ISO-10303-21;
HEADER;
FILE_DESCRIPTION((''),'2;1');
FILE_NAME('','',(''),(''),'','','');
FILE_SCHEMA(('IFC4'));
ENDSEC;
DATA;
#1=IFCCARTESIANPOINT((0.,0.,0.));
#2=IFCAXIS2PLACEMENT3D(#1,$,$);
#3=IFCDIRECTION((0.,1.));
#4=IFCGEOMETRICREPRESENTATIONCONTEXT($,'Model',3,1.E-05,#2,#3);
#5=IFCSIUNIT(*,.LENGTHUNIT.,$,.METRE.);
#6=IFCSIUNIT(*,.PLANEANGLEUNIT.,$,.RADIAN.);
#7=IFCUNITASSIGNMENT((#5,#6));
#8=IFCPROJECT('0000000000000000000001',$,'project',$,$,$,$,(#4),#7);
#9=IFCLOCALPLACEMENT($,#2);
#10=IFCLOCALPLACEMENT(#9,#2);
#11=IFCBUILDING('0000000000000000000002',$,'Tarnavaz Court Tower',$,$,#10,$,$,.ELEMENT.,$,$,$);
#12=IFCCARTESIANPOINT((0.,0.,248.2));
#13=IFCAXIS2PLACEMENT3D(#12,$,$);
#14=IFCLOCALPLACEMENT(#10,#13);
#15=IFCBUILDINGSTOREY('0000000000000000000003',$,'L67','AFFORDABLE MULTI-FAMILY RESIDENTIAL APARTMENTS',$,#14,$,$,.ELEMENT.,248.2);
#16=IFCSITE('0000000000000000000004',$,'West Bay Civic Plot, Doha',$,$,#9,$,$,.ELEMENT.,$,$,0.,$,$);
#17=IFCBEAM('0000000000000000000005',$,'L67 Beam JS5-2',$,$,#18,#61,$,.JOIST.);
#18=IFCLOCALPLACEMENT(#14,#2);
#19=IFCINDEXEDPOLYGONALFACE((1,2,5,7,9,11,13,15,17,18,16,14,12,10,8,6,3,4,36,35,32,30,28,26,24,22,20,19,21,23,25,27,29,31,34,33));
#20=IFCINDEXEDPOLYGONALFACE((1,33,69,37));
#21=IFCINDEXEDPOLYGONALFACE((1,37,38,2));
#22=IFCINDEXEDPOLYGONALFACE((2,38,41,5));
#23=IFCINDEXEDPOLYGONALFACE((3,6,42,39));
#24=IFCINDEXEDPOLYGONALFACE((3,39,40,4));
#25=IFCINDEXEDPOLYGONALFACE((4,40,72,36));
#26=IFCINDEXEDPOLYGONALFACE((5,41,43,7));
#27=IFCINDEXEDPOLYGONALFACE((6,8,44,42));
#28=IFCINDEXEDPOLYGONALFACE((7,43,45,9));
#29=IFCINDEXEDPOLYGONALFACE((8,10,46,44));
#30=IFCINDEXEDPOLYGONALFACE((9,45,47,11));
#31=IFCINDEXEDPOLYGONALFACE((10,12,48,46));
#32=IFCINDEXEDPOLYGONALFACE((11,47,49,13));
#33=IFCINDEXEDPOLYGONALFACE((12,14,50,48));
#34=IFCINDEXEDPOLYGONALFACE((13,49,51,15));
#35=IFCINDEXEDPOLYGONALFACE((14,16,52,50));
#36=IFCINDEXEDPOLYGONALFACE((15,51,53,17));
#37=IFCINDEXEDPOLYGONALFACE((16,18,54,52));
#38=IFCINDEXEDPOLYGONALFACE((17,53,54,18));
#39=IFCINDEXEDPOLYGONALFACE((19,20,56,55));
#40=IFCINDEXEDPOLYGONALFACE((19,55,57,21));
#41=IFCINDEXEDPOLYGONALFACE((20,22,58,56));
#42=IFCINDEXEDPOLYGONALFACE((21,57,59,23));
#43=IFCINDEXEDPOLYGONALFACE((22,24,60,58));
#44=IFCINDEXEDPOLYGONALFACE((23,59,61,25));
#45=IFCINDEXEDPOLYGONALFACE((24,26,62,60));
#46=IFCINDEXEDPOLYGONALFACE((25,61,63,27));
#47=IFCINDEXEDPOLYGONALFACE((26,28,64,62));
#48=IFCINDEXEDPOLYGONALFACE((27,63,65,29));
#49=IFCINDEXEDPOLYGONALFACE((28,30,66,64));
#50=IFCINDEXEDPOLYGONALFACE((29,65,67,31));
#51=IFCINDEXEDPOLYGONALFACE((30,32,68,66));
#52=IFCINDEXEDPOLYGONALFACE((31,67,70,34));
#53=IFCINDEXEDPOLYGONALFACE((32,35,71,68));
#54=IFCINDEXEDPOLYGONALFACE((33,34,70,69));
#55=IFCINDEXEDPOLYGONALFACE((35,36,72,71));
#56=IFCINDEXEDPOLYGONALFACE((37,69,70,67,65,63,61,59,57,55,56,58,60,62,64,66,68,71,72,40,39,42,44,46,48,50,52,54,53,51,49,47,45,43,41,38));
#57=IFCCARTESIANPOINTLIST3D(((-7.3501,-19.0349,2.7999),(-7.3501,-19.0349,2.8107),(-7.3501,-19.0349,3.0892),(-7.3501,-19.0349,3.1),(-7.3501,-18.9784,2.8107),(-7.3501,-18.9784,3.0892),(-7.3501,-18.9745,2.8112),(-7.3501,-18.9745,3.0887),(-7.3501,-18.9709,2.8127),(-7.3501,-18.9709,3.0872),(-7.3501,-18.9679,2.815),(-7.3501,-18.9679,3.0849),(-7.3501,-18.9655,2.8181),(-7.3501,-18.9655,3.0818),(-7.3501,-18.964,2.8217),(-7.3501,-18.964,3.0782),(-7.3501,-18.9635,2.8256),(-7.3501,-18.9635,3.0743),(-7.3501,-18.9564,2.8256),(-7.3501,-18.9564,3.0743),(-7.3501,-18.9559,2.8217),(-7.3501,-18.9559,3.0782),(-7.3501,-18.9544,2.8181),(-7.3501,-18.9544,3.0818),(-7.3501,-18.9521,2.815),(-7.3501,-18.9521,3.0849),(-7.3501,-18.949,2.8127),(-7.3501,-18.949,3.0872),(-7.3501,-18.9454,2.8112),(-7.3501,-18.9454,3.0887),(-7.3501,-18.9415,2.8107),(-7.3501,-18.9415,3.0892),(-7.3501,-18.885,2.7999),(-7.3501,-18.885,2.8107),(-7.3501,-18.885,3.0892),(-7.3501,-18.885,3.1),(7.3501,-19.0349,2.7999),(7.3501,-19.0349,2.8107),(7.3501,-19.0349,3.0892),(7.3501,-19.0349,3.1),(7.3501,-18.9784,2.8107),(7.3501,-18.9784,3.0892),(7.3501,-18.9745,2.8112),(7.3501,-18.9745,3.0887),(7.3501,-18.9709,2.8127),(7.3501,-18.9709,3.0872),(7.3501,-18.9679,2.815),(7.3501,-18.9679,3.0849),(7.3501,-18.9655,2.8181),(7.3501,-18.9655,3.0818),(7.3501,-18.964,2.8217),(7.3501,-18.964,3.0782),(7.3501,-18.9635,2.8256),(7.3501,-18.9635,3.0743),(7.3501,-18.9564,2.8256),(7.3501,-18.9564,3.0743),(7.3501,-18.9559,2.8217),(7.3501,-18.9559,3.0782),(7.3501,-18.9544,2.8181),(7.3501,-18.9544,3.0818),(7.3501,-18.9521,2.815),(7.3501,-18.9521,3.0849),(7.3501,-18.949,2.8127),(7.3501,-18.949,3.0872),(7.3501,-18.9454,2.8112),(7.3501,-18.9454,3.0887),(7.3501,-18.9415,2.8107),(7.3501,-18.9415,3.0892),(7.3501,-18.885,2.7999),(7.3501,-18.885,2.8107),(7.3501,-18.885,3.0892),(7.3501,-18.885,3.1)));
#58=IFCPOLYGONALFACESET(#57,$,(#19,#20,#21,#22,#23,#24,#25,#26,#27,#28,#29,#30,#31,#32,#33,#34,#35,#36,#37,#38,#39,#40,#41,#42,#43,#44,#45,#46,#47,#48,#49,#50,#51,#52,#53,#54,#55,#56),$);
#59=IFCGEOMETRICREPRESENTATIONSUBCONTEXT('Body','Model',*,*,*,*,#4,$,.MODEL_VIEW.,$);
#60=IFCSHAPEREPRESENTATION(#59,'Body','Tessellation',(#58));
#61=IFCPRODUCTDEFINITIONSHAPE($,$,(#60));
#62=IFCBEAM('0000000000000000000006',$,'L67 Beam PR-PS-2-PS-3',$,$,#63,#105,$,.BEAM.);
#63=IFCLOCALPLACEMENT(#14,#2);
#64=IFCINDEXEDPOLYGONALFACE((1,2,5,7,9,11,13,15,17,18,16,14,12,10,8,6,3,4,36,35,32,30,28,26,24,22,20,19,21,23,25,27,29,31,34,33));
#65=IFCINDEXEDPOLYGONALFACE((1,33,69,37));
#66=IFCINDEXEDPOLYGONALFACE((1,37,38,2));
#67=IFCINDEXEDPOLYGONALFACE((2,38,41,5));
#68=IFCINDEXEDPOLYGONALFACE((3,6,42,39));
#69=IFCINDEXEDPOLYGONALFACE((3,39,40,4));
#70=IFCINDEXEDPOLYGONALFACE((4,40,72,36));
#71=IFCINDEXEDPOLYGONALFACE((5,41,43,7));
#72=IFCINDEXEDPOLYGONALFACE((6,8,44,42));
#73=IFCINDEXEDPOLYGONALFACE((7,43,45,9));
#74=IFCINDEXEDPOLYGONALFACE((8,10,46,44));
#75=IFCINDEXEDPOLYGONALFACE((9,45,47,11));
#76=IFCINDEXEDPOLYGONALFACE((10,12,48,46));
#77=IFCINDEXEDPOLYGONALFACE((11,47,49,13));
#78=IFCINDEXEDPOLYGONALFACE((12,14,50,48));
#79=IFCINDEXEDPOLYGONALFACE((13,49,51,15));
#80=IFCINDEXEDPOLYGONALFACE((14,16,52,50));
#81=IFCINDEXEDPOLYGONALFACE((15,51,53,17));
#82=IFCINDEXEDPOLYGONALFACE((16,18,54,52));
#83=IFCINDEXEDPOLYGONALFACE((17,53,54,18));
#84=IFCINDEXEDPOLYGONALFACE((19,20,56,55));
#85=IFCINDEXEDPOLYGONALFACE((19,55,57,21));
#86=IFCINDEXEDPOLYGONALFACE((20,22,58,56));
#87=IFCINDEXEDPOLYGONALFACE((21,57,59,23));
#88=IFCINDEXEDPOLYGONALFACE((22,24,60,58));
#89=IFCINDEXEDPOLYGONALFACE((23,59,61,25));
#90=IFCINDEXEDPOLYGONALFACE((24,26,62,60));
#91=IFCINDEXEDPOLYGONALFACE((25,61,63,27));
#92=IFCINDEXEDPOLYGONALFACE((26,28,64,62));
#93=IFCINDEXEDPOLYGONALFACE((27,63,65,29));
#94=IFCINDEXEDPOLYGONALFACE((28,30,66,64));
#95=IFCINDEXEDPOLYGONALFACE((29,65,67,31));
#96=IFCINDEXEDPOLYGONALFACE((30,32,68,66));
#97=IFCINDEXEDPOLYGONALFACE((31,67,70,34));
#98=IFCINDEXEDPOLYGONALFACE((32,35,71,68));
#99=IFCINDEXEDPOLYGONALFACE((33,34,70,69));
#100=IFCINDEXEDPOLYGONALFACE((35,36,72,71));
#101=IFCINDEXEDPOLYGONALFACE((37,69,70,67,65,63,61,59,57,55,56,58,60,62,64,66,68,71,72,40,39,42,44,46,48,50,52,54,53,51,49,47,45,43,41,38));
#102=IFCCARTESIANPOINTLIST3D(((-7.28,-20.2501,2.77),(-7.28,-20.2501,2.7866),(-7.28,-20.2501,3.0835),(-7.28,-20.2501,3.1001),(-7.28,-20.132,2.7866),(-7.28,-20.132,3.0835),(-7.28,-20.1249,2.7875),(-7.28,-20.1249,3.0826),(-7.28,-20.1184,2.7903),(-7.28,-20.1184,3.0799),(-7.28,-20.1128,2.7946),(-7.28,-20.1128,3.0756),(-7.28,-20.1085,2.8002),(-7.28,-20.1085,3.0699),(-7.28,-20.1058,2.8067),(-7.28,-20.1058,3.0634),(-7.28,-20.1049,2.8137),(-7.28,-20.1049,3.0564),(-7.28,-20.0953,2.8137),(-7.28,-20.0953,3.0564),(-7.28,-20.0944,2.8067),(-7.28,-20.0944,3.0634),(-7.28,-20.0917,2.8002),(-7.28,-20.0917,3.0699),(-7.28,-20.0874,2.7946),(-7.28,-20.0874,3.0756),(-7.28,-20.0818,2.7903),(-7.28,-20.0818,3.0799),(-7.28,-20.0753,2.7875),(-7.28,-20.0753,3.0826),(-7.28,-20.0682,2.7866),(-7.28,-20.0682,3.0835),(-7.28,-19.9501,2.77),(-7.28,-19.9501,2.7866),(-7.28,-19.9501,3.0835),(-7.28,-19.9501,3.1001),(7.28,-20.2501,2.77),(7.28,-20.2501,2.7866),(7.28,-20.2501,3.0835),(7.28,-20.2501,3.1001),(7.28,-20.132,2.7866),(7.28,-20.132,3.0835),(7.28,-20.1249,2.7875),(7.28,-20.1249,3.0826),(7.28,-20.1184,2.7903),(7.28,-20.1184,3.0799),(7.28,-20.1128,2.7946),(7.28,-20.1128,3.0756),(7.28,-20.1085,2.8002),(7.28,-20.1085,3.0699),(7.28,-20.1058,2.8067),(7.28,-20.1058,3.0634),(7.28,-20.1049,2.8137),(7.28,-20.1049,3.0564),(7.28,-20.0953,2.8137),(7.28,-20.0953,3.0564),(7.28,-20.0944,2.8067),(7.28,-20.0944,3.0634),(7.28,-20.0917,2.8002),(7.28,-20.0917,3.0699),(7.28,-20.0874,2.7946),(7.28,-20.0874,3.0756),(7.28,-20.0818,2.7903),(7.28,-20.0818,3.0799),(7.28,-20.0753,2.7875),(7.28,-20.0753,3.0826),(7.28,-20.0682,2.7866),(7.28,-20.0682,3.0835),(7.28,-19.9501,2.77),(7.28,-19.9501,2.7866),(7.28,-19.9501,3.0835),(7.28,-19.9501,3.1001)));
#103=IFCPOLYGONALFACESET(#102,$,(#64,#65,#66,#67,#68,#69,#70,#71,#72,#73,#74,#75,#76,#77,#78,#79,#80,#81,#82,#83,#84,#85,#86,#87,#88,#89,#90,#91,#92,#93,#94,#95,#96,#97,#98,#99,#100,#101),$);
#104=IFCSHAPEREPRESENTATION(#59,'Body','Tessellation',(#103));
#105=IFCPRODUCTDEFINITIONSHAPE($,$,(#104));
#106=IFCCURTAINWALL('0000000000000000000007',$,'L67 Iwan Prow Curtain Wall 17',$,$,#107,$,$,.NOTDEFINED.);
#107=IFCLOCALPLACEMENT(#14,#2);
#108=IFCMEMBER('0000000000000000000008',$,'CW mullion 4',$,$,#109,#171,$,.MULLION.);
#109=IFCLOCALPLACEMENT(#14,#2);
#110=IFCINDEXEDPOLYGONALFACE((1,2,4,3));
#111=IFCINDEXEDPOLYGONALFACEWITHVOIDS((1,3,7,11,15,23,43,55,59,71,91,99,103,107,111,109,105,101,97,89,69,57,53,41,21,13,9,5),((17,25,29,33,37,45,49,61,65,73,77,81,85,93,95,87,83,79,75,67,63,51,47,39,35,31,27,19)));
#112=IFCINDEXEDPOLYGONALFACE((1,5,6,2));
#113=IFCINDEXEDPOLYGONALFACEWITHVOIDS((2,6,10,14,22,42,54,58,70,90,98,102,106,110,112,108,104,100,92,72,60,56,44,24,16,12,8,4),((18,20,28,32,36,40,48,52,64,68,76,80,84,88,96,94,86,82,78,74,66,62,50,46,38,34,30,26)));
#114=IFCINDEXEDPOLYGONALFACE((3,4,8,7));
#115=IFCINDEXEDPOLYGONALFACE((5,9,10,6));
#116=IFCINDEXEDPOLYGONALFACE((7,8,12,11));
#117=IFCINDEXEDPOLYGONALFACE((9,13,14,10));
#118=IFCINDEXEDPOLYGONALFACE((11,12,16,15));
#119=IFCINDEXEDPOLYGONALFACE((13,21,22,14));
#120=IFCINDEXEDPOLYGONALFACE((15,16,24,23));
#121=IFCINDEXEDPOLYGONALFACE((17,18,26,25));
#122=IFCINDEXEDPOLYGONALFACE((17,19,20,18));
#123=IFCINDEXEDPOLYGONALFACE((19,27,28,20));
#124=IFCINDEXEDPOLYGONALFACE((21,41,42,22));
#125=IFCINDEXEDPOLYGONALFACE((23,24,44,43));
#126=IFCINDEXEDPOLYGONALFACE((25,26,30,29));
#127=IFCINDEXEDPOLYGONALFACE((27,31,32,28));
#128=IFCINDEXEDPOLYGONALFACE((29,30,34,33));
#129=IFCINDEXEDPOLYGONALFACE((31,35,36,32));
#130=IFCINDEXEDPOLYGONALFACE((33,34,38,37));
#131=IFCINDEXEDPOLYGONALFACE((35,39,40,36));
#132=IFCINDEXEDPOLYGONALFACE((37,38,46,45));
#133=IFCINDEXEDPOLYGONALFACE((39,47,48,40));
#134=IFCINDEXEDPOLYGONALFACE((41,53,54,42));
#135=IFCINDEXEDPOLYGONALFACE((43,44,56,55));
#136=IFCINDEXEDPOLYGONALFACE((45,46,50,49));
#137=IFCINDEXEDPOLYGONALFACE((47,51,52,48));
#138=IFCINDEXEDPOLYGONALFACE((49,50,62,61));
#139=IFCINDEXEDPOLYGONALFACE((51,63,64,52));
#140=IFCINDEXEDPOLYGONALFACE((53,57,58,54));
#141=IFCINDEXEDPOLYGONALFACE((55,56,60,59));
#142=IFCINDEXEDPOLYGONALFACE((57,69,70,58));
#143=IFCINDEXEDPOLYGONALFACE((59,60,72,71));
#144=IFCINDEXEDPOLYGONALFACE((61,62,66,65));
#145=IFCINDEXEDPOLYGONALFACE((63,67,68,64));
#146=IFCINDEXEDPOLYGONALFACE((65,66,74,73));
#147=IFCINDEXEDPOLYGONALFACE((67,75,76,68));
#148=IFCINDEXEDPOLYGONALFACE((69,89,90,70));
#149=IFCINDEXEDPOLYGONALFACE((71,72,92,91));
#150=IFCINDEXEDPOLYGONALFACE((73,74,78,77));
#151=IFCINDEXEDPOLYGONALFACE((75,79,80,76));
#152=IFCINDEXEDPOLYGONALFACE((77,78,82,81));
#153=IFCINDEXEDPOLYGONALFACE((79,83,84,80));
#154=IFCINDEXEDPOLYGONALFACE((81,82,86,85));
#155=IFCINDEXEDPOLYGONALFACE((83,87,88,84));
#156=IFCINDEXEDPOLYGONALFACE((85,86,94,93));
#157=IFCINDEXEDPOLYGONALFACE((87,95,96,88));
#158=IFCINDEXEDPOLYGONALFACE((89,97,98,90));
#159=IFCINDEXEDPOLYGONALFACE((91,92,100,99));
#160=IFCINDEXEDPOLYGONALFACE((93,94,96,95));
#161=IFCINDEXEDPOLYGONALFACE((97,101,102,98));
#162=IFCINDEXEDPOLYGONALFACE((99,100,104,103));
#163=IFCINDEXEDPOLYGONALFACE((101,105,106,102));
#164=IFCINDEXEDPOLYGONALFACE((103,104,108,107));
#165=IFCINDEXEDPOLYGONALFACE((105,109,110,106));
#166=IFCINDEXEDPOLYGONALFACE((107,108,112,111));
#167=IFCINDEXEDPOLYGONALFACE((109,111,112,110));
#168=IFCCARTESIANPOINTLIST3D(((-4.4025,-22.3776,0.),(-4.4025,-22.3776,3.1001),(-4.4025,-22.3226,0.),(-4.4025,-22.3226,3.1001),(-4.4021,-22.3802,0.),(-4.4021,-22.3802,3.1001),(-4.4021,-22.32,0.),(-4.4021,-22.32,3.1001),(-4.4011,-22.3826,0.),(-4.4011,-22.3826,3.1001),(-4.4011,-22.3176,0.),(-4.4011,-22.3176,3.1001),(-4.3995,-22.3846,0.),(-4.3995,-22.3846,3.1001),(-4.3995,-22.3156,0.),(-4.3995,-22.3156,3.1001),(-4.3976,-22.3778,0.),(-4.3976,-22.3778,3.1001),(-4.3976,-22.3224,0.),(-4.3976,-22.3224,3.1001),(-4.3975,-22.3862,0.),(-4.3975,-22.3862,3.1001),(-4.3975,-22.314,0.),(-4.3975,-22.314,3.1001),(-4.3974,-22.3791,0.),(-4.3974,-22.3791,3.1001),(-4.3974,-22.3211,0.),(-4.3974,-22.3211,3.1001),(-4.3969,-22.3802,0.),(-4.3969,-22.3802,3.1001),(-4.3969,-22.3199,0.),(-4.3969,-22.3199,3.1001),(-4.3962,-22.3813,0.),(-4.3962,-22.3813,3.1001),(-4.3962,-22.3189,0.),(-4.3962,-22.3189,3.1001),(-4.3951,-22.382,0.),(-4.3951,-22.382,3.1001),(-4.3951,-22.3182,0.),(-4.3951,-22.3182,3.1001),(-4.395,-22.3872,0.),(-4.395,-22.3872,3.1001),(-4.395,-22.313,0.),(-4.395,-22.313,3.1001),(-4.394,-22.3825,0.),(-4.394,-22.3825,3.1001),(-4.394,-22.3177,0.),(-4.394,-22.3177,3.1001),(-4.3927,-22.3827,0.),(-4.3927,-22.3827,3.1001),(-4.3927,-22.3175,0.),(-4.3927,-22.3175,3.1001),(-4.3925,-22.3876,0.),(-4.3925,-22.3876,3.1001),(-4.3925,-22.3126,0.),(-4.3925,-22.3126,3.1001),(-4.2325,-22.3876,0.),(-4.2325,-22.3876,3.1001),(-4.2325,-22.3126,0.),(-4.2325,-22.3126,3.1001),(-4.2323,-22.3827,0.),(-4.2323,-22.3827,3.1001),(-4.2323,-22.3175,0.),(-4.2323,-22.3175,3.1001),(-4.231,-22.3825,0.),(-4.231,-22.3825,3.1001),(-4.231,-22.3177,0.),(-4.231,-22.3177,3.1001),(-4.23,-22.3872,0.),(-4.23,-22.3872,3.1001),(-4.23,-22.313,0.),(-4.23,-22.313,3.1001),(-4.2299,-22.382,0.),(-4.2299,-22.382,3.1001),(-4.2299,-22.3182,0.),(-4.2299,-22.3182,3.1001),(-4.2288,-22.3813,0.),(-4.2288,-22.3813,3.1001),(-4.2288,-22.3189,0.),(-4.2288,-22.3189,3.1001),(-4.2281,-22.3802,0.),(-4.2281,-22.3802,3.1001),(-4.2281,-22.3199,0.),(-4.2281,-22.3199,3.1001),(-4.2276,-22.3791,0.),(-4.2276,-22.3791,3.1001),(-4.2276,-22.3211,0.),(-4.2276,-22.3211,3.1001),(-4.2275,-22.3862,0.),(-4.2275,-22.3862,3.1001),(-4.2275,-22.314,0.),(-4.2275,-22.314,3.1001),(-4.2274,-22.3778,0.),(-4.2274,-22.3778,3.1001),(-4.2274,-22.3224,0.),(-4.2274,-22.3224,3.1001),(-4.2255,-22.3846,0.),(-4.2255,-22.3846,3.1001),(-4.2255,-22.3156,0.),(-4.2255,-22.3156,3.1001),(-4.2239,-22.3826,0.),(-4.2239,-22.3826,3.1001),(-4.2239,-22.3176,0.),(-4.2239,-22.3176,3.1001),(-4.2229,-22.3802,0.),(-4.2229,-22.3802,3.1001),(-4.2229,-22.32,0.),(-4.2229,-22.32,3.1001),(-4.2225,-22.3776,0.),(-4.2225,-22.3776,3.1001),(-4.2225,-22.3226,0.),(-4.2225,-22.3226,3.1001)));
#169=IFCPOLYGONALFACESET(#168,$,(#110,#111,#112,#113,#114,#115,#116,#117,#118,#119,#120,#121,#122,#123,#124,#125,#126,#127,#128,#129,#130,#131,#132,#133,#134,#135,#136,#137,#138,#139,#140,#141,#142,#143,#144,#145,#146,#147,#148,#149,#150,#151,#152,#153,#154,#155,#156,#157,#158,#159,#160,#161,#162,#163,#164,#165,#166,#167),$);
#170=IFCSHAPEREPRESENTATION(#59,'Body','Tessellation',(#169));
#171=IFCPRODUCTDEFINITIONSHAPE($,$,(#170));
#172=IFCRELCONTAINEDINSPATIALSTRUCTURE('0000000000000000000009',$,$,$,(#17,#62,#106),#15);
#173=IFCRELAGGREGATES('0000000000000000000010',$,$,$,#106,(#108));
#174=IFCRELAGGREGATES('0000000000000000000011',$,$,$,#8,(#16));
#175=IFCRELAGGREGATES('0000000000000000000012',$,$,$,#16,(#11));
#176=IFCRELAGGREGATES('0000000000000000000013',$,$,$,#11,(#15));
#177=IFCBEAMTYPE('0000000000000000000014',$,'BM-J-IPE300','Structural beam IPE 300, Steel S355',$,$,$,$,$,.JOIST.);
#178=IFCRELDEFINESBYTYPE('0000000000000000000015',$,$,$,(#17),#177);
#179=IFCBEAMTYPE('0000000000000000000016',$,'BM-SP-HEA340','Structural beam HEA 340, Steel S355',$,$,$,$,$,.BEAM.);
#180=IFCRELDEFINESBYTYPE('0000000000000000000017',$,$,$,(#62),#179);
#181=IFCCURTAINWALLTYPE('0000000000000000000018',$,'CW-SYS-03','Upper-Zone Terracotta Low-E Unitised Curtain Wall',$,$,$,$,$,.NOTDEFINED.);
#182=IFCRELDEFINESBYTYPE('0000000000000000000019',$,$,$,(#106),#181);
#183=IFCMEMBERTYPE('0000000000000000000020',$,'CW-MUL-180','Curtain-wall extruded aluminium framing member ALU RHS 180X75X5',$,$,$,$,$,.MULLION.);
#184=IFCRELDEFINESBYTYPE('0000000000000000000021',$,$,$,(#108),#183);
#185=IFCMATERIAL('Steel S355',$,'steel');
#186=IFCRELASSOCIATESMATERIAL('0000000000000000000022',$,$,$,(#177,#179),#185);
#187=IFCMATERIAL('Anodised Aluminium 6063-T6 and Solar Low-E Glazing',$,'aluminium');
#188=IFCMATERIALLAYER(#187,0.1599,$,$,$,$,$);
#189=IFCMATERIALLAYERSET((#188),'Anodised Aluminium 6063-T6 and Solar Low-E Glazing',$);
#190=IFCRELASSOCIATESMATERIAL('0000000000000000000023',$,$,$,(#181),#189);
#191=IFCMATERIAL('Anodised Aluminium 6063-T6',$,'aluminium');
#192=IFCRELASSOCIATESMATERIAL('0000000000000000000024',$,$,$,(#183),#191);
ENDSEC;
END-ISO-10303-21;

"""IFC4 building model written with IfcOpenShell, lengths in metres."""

from ifc_helpers import new_model, si_unit, direction, frame, origin, origin_2d, place, context, subcontext, project, spatial, hollow_rectangle, i_section, extrude, material, layer, layer_set, material_profile, profile_set, type_object, element, aggregate, save


model = new_model("IFC4")

# Units and contexts
model_context = context("Model", 3, precision=1e-05, world=origin(), true_north=direction((0.0, 1.0)))
body_context = subcontext(model_context, "Body", "Model", "MODEL_VIEW")
ifc_project = project(units=[si_unit("LENGTHUNIT", "METRE"), si_unit("PLANEANGLEUNIT", "RADIAN")], contexts=[model_context])

# Site, building, storey
site_placement = place(None, origin())
site = spatial("IfcSite", under=ifc_project, at=site_placement, Name="West Bay Civic Plot, Doha", CompositionType="ELEMENT", RefElevation=0.0)
building_placement = place(site_placement, origin())
building = spatial("IfcBuilding", under=site, at=building_placement, Name="Tarnavaz Court Tower", CompositionType="ELEMENT")
storey_placement = place(building_placement, frame((0.0, 0.0, 248.2)))
storey = spatial("IfcBuildingStorey", under=building, at=storey_placement, Name="L67", Description="AFFORDABLE MULTI-FAMILY RESIDENTIAL APARTMENTS", CompositionType="ELEMENT", Elevation=248.2)

# Beams
ifc_material_1 = material(Name="Steel S355", Category="steel")
ifc_material_profile_1 = material_profile(ifc_material_1, i_section(OverallWidth=0.1499, OverallDepth=0.3, WebThickness=0.0071, FlangeThickness=0.0107, FilletRadius=0.0149, at=origin_2d()), Name="IPE 300")
ifc_profile_set_1 = profile_set([ifc_material_profile_1], Name="Steel S355")
beam_type_1 = type_object("IfcBeamType", Name="BM-J-IPE300", Description="Structural beam IPE 300, Steel S355", PredefinedType="JOIST", material=ifc_profile_set_1)
for number, where, z_axis, x_axis, name in (
    (1, (-7.3501, -18.96, 2.95), (1.0, 0.0, 0.0), (0.0, 1.0, 0.0), "L67 Beam JS5-2"),
):
    element("IfcBeam", number, at=place(storey_placement, frame(where, z_axis=z_axis, x_axis=x_axis)), inside=storey, type_object=beam_type_1, Name=name, PredefinedType="JOIST", context=body_context, shape_type="SweptSolid", body=[
        extrude(i_section(OverallWidth=0.1499, OverallDepth=0.3, WebThickness=0.0071, FlangeThickness=0.0107, FilletRadius=0.0149, at=origin_2d()), origin(), (0.0, 0.0, 1.0), 14.7002),
    ])
ifc_material_profile_2 = material_profile(ifc_material_1, i_section(OverallWidth=0.3, OverallDepth=0.3301, WebThickness=0.0095, FlangeThickness=0.0166, FilletRadius=0.0271, at=origin_2d()), Name="HEA 340")
ifc_profile_set_2 = profile_set([ifc_material_profile_2], Name="Steel S355")
beam_type_2 = type_object("IfcBeamType", Name="BM-SP-HEA340", Description="Structural beam HEA 340, Steel S355", PredefinedType="BEAM", material=ifc_profile_set_2)
beam_placement = place(storey_placement, frame((-7.28, -20.1001, 2.9351), z_axis=(1.0, 0.0, 0.0), x_axis=(0.0, 1.0, 0.0)))
element("IfcBeam", 2, at=beam_placement, inside=storey, type_object=beam_type_2, Name="L67 Beam PR-PS-2-PS-3", PredefinedType="BEAM", context=body_context, shape_type="SweptSolid", body=[
    extrude(i_section(OverallWidth=0.3, OverallDepth=0.3301, WebThickness=0.0095, FlangeThickness=0.0166, FilletRadius=0.0271, at=origin_2d()), origin(), (0.0, 0.0, 1.0), 14.5601),
])

# Curtain wall, member
ifc_material_2 = material(Name="Anodised Aluminium 6063-T6 and Solar Low-E Glazing", Category="aluminium")
ifc_layer_1 = layer(ifc_material_2, 0.1599)
ifc_layer_set_1 = layer_set([ifc_layer_1], Name="Anodised Aluminium 6063-T6 and Solar Low-E Glazing")
curtain_wall_type = type_object("IfcCurtainWallType", Name="CW-SYS-03", Description="Upper-Zone Terracotta Low-E Unitised Curtain Wall", PredefinedType="NOTDEFINED", material=ifc_layer_set_1)
curtain_wall_placement = place(storey_placement, origin())
curtain_wall = element("IfcCurtainWall", 3, at=curtain_wall_placement, inside=storey, type_object=curtain_wall_type, Name="L67 Iwan Prow Curtain Wall 17", PredefinedType="NOTDEFINED")
ifc_material_3 = material(Name="Anodised Aluminium 6063-T6", Category="aluminium")
ifc_material_profile_3 = material_profile(ifc_material_3, hollow_rectangle(XDim=0.075, YDim=0.1799, WallThickness=0.0049, InnerFilletRadius=0.0049, OuterFilletRadius=0.01, at=origin_2d()), Name="ALU RHS 180X75X5")
ifc_profile_set_3 = profile_set([ifc_material_profile_3], Name="Anodised Aluminium 6063-T6")
member_type_1 = type_object("IfcMemberType", Name="CW-MUL-180", Description="Curtain-wall extruded aluminium framing member ALU RHS 180X75X5", PredefinedType="MULLION", material=ifc_profile_set_3)
member_1_placement = place(storey_placement, frame((-4.3125, -22.3501, 0.0), z_axis=(0.0, 0.0, 1.0), x_axis=(0.0, -1.0, 0.0)))
member_1 = element("IfcMember", 4, at=member_1_placement, type_object=member_type_1, Name="CW mullion 4", PredefinedType="MULLION", context=body_context, shape_type="SweptSolid", body=[
    extrude(hollow_rectangle(XDim=0.075, YDim=0.1799, WallThickness=0.0049, InnerFilletRadius=0.0049, OuterFilletRadius=0.01, at=origin_2d()), origin(), (0.0, 0.0, 1.0), 3.1001),
])
aggregate(curtain_wall, [member_1])

save(model, "model.ifc")
